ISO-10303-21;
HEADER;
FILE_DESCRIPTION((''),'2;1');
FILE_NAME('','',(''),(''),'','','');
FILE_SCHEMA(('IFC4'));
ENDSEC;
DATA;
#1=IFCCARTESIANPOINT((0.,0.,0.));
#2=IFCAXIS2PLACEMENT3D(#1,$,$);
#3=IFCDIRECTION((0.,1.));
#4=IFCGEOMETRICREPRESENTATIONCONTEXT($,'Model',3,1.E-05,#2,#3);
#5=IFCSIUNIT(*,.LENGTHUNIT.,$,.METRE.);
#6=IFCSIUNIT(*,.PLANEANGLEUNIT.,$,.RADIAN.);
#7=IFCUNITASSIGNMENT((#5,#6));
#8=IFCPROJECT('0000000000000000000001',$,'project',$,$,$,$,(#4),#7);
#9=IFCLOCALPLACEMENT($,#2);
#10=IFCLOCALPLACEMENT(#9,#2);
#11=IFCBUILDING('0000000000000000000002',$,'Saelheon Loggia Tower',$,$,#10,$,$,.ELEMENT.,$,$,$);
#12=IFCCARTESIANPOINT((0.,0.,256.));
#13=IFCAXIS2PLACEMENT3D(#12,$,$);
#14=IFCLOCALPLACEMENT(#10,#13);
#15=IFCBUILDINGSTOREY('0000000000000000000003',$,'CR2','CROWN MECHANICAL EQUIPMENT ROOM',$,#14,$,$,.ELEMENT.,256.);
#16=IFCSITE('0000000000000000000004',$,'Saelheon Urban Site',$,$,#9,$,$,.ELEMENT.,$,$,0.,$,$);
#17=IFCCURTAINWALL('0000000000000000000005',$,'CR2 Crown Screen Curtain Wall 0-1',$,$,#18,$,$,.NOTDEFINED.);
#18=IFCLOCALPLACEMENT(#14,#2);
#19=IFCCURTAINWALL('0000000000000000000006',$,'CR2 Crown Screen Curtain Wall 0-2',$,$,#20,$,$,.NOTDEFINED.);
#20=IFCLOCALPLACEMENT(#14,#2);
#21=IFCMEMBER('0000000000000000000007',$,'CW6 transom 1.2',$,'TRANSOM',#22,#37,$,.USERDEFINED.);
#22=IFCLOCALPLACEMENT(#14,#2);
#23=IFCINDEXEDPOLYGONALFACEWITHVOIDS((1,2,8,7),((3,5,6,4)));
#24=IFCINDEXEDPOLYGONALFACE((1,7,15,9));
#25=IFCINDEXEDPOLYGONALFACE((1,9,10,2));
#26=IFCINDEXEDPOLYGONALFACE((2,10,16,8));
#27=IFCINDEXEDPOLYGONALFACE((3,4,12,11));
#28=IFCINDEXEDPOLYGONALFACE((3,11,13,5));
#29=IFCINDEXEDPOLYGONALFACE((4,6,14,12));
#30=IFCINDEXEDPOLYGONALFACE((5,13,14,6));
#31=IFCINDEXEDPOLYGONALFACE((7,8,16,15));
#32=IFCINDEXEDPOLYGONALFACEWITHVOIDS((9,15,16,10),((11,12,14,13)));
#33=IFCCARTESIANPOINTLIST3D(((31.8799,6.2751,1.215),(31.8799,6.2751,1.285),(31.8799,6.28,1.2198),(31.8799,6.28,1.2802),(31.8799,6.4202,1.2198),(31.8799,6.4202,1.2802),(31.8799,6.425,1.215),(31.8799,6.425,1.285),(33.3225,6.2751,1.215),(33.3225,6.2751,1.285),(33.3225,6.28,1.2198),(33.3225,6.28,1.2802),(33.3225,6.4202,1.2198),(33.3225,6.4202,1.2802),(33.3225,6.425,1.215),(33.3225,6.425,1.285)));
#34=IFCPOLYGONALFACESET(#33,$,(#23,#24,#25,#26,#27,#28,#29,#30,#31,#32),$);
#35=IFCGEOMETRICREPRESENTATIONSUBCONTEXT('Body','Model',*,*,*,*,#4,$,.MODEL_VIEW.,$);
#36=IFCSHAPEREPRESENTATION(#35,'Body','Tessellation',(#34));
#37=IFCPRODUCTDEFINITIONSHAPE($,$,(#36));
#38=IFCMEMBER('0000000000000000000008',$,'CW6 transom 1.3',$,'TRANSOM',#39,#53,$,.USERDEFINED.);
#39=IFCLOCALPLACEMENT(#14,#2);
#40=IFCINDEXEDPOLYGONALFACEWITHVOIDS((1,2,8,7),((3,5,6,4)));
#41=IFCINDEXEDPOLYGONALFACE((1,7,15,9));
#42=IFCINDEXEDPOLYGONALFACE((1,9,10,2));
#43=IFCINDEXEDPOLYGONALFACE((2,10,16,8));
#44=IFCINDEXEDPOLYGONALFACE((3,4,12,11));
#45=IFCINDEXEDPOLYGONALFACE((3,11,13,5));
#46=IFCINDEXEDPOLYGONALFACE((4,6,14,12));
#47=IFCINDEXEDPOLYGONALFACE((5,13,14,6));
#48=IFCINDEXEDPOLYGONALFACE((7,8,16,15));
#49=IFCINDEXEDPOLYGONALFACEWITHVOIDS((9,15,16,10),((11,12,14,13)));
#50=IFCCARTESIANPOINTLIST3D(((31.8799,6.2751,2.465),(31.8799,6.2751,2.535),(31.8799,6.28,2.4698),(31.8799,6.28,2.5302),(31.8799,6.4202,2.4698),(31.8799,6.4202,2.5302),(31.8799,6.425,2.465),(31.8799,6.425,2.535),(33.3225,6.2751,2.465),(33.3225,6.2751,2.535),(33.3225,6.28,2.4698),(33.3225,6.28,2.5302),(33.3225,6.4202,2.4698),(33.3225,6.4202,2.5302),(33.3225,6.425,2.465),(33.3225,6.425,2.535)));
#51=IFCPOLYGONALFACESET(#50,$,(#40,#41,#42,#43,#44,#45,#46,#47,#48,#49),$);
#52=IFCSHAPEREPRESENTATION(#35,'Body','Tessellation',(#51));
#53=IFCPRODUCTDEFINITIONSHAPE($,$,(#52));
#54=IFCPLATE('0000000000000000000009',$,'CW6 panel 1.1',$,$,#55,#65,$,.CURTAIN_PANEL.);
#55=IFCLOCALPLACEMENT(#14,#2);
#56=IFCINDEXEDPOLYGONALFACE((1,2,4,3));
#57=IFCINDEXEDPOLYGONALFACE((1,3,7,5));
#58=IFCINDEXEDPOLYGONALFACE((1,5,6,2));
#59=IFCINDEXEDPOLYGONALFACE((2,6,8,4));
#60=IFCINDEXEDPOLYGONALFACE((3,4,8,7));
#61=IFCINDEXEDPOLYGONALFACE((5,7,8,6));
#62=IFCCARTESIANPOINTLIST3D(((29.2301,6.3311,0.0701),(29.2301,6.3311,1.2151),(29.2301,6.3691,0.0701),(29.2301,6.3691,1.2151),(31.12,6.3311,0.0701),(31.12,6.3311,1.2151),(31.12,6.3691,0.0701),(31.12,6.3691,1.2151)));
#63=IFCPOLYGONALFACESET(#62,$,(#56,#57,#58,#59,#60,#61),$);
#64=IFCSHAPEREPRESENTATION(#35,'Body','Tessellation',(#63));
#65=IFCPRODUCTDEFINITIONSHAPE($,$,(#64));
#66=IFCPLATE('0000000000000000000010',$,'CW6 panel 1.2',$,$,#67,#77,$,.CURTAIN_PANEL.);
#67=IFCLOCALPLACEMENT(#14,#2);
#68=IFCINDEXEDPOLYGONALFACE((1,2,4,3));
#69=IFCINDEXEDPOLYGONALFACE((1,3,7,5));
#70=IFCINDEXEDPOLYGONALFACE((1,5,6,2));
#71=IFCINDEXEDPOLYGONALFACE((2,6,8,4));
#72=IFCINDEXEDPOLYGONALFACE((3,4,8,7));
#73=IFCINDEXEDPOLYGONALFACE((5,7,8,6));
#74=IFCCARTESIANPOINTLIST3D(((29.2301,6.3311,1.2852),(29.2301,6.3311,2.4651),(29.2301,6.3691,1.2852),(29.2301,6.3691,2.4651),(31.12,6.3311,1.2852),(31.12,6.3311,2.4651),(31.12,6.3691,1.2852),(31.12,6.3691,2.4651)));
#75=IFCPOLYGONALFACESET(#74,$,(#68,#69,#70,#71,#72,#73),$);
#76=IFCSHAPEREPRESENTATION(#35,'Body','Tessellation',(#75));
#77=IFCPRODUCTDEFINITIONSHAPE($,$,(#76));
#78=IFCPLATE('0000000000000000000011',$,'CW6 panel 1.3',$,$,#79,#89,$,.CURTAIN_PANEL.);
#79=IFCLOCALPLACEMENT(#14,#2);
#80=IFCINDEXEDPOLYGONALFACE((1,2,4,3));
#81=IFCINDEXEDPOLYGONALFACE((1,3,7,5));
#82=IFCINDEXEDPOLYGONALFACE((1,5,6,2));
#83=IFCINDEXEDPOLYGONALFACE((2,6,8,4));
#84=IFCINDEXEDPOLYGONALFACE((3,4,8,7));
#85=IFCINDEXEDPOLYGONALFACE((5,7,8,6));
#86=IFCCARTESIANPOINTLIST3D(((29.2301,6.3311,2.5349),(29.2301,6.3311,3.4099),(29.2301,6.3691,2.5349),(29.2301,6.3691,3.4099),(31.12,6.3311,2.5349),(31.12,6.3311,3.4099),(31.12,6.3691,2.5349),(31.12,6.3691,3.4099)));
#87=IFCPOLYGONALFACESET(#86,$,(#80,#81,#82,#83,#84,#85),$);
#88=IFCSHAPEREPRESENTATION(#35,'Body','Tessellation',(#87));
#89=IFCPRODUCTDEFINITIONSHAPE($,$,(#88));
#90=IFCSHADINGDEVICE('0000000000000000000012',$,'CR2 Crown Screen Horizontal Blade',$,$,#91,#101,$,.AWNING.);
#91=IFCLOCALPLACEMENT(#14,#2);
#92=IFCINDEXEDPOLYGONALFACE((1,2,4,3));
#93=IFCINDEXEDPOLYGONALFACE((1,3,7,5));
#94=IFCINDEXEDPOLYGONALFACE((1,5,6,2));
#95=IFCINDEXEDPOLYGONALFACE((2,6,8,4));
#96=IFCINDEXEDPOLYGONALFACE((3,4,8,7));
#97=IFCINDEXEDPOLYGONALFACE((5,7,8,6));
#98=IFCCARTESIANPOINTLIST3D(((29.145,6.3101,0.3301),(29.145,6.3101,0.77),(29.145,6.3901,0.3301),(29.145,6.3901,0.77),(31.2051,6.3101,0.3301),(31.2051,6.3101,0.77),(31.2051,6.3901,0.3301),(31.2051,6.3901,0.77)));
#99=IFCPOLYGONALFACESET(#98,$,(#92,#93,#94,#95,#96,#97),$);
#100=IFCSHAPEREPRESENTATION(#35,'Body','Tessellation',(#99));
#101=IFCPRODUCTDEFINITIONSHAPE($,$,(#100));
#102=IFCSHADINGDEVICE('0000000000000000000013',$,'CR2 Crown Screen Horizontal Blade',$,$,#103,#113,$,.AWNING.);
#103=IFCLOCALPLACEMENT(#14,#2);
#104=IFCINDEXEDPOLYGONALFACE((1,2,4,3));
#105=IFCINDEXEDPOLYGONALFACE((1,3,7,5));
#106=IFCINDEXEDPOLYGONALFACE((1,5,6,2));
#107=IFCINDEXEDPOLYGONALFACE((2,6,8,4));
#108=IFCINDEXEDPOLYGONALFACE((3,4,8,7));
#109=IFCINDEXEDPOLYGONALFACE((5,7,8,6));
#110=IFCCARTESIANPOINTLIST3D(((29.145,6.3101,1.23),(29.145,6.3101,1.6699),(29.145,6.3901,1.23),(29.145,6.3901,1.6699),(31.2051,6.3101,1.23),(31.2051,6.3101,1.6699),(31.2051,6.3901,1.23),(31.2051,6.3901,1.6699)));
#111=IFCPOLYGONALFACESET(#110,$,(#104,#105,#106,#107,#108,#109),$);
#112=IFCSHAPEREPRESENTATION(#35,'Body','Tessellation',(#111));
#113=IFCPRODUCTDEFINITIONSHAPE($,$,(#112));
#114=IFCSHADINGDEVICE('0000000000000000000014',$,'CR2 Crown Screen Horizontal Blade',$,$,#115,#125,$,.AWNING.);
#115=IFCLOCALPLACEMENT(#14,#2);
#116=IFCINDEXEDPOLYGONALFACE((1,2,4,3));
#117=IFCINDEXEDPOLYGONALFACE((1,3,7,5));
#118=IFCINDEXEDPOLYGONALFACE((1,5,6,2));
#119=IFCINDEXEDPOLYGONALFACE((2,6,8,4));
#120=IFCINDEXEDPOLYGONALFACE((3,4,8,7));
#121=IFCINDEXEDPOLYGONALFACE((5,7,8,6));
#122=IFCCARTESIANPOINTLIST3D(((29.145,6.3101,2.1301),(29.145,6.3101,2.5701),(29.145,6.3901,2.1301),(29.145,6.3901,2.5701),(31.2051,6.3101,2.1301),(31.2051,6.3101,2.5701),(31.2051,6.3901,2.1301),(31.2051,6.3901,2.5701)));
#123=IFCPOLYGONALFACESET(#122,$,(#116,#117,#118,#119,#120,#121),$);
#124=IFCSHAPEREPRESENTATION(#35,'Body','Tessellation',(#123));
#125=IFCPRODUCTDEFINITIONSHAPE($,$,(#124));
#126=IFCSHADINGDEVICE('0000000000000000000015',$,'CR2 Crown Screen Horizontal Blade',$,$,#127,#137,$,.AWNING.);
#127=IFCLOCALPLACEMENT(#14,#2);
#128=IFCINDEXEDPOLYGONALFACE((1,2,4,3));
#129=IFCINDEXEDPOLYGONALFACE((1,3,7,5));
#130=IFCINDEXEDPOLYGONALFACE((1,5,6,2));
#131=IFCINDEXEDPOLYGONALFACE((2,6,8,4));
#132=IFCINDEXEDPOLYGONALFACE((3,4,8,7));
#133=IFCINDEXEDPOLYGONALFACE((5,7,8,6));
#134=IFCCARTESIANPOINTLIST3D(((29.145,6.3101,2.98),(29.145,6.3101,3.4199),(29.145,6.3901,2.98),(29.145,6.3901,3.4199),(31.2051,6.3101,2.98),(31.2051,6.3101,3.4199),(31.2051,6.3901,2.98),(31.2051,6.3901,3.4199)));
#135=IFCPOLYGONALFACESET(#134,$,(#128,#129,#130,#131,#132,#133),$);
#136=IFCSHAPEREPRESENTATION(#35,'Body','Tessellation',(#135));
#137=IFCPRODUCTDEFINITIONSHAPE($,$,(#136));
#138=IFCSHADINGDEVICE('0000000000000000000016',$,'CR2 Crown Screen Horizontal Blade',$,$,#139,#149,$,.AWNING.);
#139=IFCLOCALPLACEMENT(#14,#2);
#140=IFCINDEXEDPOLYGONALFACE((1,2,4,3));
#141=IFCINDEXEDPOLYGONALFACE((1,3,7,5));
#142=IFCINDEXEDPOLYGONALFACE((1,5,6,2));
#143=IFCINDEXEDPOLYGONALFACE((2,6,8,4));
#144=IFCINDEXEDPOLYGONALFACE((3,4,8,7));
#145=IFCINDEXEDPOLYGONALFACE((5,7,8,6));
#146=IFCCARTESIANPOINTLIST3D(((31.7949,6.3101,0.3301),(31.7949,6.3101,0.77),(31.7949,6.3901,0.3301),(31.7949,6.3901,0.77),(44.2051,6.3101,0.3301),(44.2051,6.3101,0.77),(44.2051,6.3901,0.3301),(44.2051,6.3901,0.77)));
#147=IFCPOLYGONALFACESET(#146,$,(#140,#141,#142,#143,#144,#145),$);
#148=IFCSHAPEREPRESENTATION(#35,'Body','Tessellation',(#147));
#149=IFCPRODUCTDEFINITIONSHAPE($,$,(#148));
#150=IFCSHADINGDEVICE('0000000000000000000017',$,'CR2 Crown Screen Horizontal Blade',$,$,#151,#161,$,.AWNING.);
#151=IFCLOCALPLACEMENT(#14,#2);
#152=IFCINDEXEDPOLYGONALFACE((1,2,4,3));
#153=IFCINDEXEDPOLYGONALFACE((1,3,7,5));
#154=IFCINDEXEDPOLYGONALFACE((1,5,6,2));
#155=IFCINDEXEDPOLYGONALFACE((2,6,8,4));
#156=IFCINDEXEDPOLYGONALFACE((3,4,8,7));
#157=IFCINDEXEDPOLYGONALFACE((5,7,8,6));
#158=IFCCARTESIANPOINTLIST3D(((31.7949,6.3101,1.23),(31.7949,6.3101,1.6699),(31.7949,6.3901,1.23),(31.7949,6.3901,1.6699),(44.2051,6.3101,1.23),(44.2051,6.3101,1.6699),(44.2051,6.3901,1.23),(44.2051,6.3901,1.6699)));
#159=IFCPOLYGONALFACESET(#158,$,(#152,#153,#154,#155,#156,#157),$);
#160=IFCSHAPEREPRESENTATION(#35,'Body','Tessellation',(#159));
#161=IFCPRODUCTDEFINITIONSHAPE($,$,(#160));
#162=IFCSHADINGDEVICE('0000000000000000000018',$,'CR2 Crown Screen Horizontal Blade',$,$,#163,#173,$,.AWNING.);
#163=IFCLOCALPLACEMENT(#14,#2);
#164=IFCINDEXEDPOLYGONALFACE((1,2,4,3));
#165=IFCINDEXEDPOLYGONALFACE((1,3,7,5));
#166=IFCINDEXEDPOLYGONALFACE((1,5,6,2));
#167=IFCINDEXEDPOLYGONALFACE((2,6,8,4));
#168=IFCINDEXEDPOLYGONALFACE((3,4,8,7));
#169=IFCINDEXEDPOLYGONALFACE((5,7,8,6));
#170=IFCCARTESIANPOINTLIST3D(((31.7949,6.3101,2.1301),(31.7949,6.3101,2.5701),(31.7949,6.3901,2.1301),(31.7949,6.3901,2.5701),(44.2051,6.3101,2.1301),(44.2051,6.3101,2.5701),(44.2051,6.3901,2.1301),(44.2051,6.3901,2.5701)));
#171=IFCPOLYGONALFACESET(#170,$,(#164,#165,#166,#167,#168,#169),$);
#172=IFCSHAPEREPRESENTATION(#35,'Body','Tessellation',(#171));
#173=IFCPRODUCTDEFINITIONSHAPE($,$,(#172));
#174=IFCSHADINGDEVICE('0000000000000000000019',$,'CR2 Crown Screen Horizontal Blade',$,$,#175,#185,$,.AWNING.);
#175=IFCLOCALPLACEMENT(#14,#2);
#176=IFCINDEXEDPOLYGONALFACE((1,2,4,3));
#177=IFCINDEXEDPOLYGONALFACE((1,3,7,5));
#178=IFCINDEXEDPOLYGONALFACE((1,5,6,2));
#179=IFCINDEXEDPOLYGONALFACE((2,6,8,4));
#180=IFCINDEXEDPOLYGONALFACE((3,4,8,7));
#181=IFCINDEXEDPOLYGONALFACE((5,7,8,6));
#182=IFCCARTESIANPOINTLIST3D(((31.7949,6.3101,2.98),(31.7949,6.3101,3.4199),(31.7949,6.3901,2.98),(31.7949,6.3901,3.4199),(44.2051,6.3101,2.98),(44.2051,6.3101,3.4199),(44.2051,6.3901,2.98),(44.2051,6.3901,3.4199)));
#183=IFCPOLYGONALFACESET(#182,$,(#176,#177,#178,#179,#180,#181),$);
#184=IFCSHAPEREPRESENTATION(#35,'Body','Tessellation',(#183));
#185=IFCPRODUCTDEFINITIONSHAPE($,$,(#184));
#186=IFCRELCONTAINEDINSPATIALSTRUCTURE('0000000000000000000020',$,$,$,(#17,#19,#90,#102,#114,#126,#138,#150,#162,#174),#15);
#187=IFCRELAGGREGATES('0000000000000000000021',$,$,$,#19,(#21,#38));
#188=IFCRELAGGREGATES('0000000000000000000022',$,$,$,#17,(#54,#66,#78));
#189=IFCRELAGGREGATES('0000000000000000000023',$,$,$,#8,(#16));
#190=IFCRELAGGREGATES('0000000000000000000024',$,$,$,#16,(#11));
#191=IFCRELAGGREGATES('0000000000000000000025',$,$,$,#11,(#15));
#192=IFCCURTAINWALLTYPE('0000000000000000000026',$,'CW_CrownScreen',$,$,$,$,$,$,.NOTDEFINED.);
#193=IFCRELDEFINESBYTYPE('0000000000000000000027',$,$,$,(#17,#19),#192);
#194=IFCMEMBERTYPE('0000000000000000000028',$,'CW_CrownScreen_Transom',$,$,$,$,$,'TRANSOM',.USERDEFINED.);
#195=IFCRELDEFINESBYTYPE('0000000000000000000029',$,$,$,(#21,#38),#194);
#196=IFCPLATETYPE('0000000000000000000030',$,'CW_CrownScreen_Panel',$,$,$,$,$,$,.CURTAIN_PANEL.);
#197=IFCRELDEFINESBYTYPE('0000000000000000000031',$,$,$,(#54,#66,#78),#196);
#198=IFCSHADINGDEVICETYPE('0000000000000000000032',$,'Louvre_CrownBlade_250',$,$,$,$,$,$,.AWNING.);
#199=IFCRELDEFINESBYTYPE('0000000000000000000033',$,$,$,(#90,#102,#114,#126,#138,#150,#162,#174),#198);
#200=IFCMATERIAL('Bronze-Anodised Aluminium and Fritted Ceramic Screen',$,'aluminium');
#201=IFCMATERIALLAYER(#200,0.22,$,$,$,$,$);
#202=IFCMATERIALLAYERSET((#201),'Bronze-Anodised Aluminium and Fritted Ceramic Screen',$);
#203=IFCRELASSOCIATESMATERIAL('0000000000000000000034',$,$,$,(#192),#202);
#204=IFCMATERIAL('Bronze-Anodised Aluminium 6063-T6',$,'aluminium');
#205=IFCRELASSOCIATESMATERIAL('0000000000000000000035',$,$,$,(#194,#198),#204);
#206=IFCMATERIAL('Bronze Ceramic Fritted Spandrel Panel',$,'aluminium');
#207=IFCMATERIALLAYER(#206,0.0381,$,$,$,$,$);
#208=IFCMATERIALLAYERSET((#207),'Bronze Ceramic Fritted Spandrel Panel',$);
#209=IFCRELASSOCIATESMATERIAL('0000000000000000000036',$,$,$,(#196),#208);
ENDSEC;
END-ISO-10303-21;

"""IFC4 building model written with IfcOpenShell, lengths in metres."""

from ifc_helpers import new_model, si_unit, direction, frame, origin, origin_2d, place, context, subcontext, project, spatial, rectangle, hollow_rectangle, extrude, source, transform, mapped, material, layer, layer_set, material_profile, profile_set, type_object, element, aggregate, save


model = new_model("IFC4")

# Units and contexts
model_context = context("Model", 3, precision=1e-05, world=origin(), true_north=direction((0.0, 1.0)))
body_context = subcontext(model_context, "Body", "Model", "MODEL_VIEW")
ifc_project = project(units=[si_unit("LENGTHUNIT", "METRE"), si_unit("PLANEANGLEUNIT", "RADIAN")], contexts=[model_context])

# Site, building, storey
site_placement = place(None, origin())
site = spatial("IfcSite", under=ifc_project, at=site_placement, Name="Saelheon Urban Site", CompositionType="ELEMENT", RefElevation=0.0)
building_placement = place(site_placement, origin())
building = spatial("IfcBuilding", under=site, at=building_placement, Name="Saelheon Loggia Tower", CompositionType="ELEMENT")
storey_placement = place(building_placement, frame((0.0, 0.0, 256.0)))
storey = spatial("IfcBuildingStorey", under=building, at=storey_placement, Name="CR2", Description="CROWN MECHANICAL EQUIPMENT ROOM", CompositionType="ELEMENT", Elevation=256.0)

# Curtain wall
ifc_material_1 = material(Name="Bronze-Anodised Aluminium and Fritted Ceramic Screen", Category="aluminium")
ifc_layer_1 = layer(ifc_material_1, 0.22)
ifc_layer_set_1 = layer_set([ifc_layer_1], Name="Bronze-Anodised Aluminium and Fritted Ceramic Screen")
curtain_wall_type = type_object("IfcCurtainWallType", Name="CW_CrownScreen", PredefinedType="NOTDEFINED", material=ifc_layer_set_1)
curtain_wall_1_placement = place(storey_placement, origin())
curtain_wall_1 = element("IfcCurtainWall", 1, at=curtain_wall_1_placement, inside=storey, type_object=curtain_wall_type, Name="CR2 Crown Screen Curtain Wall 0-1", PredefinedType="NOTDEFINED")
ifc_material_2 = material(Name="Bronze-Anodised Aluminium 6063-T6", Category="aluminium")

# Curtain wall
curtain_wall_2_placement = place(storey_placement, origin())
curtain_wall_2 = element("IfcCurtainWall", 2, at=curtain_wall_2_placement, inside=storey, type_object=curtain_wall_type, Name="CR2 Crown Screen Curtain Wall 0-2", PredefinedType="NOTDEFINED")

# Members
ifc_material_profile_1 = material_profile(ifc_material_2, hollow_rectangle(XDim=0.0701, YDim=0.1499, WallThickness=0.0049, at=origin_2d()), Name="RHS-150x70x5")
ifc_profile_set_1 = profile_set([ifc_material_profile_1], Name="Bronze-Anodised Aluminium 6063-T6")
member_type_1 = type_object("IfcMemberType", Name="CW_CrownScreen_Transom", ElementType="TRANSOM", PredefinedType="USERDEFINED", material=ifc_profile_set_1)
shared_shape_1 = source(origin(), body_context, "Body", "SweptSolid", [
    extrude(hollow_rectangle(XDim=0.0701, YDim=0.1499, WallThickness=0.0049, at=origin_2d()), origin(), (0.0, 0.0, 1.0), 1.4426),
])
member_1_placement = place(storey_placement, frame((31.8799, 6.3501, 1.25), z_axis=(1.0, 0.0, 0.0), x_axis=(0.0, 0.0, 1.0)))
member_1 = element("IfcMember", 3, at=member_1_placement, type_object=member_type_1, Name="CW6 transom 1.2", ObjectType="TRANSOM", PredefinedType="USERDEFINED", context=body_context, shape_type="MappedRepresentation", body=[
    mapped(shared_shape_1, transform((0.0, 0.0, 0.0), scale=1.0)),
])
member_2_placement = place(storey_placement, frame((31.8799, 6.3501, 2.5), z_axis=(1.0, 0.0, 0.0), x_axis=(0.0, 0.0, 1.0)))
member_2 = element("IfcMember", 4, at=member_2_placement, type_object=member_type_1, Name="CW6 transom 1.3", ObjectType="TRANSOM", PredefinedType="USERDEFINED", context=body_context, shape_type="MappedRepresentation", body=[
    mapped(shared_shape_1, transform((0.0, 0.0, 0.0), scale=1.0)),
])
aggregate(curtain_wall_2, [member_1, member_2])

# Plates
ifc_material_3 = material(Name="Bronze Ceramic Fritted Spandrel Panel", Category="aluminium")
ifc_layer_2 = layer(ifc_material_3, 0.0381)
ifc_layer_set_2 = layer_set([ifc_layer_2], Name="Bronze Ceramic Fritted Spandrel Panel")
plate_type = type_object("IfcPlateType", Name="CW_CrownScreen_Panel", PredefinedType="CURTAIN_PANEL", material=ifc_layer_set_2)
shared_shape_2 = source(origin(), body_context, "Body", "SweptSolid", [
    extrude(rectangle(XDim=1.8899, YDim=0.0381, at=origin_2d()), origin(), (0.0, 0.0, 1.0), 1.145),
])
plate_1_placement = place(storey_placement, frame((30.175, 6.3501, 0.0701), z_axis=(0.0, 0.0, 1.0), x_axis=(1.0, 0.0, 0.0)))
plate_1 = element("IfcPlate", 5, at=plate_1_placement, type_object=plate_type, Name="CW6 panel 1.1", PredefinedType="CURTAIN_PANEL", context=body_context, shape_type="MappedRepresentation", body=[
    mapped(shared_shape_2, transform((0.0, 0.0, 0.0), scale=1.0)),
])
shared_shape_3 = source(origin(), body_context, "Body", "SweptSolid", [
    extrude(rectangle(XDim=1.8899, YDim=0.0381, at=origin_2d()), origin(), (0.0, 0.0, 1.0), 1.1799),
])
plate_2_placement = place(storey_placement, frame((30.175, 6.3501, 1.2852), z_axis=(0.0, 0.0, 1.0), x_axis=(1.0, 0.0, 0.0)))
plate_2 = element("IfcPlate", 6, at=plate_2_placement, type_object=plate_type, Name="CW6 panel 1.2", PredefinedType="CURTAIN_PANEL", context=body_context, shape_type="MappedRepresentation", body=[
    mapped(shared_shape_3, transform((0.0, 0.0, 0.0), scale=1.0)),
])
shared_shape_4 = source(origin(), body_context, "Body", "SweptSolid", [
    extrude(rectangle(XDim=1.8899, YDim=0.0381, at=origin_2d()), origin(), (0.0, 0.0, 1.0), 0.875),
])
plate_3_placement = place(storey_placement, frame((30.175, 6.3501, 2.5349), z_axis=(0.0, 0.0, 1.0), x_axis=(1.0, 0.0, 0.0)))
plate_3 = element("IfcPlate", 7, at=plate_3_placement, type_object=plate_type, Name="CW6 panel 1.3", PredefinedType="CURTAIN_PANEL", context=body_context, shape_type="MappedRepresentation", body=[
    mapped(shared_shape_4, transform((0.0, 0.0, 0.0), scale=1.0)),
])
aggregate(curtain_wall_1, [plate_1, plate_2, plate_3])

# Shading devices
ifc_material_profile_2 = material_profile(ifc_material_2, rectangle(XDim=0.0801, YDim=0.4399, at=origin_2d()), Name="Louvre_CrownBlade_250")
ifc_profile_set_2 = profile_set([ifc_material_profile_2], Name="Bronze-Anodised Aluminium 6063-T6")
shading_device_type = type_object("IfcShadingDeviceType", Name="Louvre_CrownBlade_250", PredefinedType="AWNING", material=ifc_profile_set_2)
shared_shape_5 = source(origin(), body_context, "Body", "SweptSolid", [
    extrude(rectangle(XDim=0.0801, YDim=0.4399, at=origin_2d()), origin(), (0.0, 0.0, 1.0), 2.0601),
])
for number, where, z_axis, x_axis, name in (
    (8, (29.145, 6.3501, 0.55), (1.0, 0.0, 0.0), (0.0, 1.0, 0.0), "CR2 Crown Screen Horizontal Blade"),
    (9, (29.145, 6.3501, 1.45), (1.0, 0.0, 0.0), (0.0, 1.0, 0.0), "CR2 Crown Screen Horizontal Blade"),
    (10, (29.145, 6.3501, 2.3501), (1.0, 0.0, 0.0), (0.0, 1.0, 0.0), "CR2 Crown Screen Horizontal Blade"),
    (11, (29.145, 6.3501, 3.2), (1.0, 0.0, 0.0), (0.0, 1.0, 0.0), "CR2 Crown Screen Horizontal Blade"),
):
    element("IfcShadingDevice", number, at=place(storey_placement, frame(where, z_axis=z_axis, x_axis=x_axis)), inside=storey, type_object=shading_device_type, Name=name, PredefinedType="AWNING", context=body_context, shape_type="MappedRepresentation", body=[
        mapped(shared_shape_5, transform((0.0, 0.0, 0.0), scale=1.0)),
    ])
shared_shape_6 = source(origin(), body_context, "Body", "SweptSolid", [
    extrude(rectangle(XDim=0.0801, YDim=0.4399, at=origin_2d()), origin(), (0.0, 0.0, 1.0), 12.4102),
])
for number, where, z_axis, x_axis, name in (
    (12, (31.7949, 6.3501, 0.55), (1.0, 0.0, 0.0), (0.0, 1.0, 0.0), "CR2 Crown Screen Horizontal Blade"),
    (13, (31.7949, 6.3501, 1.45), (1.0, 0.0, 0.0), (0.0, 1.0, 0.0), "CR2 Crown Screen Horizontal Blade"),
    (14, (31.7949, 6.3501, 2.3501), (1.0, 0.0, 0.0), (0.0, 1.0, 0.0), "CR2 Crown Screen Horizontal Blade"),
    (15, (31.7949, 6.3501, 3.2), (1.0, 0.0, 0.0), (0.0, 1.0, 0.0), "CR2 Crown Screen Horizontal Blade"),
):
    element("IfcShadingDevice", number, at=place(storey_placement, frame(where, z_axis=z_axis, x_axis=x_axis)), inside=storey, type_object=shading_device_type, Name=name, PredefinedType="AWNING", context=body_context, shape_type="MappedRepresentation", body=[
        mapped(shared_shape_6, transform((0.0, 0.0, 0.0), scale=1.0)),
    ])

save(model, "model.ifc")
